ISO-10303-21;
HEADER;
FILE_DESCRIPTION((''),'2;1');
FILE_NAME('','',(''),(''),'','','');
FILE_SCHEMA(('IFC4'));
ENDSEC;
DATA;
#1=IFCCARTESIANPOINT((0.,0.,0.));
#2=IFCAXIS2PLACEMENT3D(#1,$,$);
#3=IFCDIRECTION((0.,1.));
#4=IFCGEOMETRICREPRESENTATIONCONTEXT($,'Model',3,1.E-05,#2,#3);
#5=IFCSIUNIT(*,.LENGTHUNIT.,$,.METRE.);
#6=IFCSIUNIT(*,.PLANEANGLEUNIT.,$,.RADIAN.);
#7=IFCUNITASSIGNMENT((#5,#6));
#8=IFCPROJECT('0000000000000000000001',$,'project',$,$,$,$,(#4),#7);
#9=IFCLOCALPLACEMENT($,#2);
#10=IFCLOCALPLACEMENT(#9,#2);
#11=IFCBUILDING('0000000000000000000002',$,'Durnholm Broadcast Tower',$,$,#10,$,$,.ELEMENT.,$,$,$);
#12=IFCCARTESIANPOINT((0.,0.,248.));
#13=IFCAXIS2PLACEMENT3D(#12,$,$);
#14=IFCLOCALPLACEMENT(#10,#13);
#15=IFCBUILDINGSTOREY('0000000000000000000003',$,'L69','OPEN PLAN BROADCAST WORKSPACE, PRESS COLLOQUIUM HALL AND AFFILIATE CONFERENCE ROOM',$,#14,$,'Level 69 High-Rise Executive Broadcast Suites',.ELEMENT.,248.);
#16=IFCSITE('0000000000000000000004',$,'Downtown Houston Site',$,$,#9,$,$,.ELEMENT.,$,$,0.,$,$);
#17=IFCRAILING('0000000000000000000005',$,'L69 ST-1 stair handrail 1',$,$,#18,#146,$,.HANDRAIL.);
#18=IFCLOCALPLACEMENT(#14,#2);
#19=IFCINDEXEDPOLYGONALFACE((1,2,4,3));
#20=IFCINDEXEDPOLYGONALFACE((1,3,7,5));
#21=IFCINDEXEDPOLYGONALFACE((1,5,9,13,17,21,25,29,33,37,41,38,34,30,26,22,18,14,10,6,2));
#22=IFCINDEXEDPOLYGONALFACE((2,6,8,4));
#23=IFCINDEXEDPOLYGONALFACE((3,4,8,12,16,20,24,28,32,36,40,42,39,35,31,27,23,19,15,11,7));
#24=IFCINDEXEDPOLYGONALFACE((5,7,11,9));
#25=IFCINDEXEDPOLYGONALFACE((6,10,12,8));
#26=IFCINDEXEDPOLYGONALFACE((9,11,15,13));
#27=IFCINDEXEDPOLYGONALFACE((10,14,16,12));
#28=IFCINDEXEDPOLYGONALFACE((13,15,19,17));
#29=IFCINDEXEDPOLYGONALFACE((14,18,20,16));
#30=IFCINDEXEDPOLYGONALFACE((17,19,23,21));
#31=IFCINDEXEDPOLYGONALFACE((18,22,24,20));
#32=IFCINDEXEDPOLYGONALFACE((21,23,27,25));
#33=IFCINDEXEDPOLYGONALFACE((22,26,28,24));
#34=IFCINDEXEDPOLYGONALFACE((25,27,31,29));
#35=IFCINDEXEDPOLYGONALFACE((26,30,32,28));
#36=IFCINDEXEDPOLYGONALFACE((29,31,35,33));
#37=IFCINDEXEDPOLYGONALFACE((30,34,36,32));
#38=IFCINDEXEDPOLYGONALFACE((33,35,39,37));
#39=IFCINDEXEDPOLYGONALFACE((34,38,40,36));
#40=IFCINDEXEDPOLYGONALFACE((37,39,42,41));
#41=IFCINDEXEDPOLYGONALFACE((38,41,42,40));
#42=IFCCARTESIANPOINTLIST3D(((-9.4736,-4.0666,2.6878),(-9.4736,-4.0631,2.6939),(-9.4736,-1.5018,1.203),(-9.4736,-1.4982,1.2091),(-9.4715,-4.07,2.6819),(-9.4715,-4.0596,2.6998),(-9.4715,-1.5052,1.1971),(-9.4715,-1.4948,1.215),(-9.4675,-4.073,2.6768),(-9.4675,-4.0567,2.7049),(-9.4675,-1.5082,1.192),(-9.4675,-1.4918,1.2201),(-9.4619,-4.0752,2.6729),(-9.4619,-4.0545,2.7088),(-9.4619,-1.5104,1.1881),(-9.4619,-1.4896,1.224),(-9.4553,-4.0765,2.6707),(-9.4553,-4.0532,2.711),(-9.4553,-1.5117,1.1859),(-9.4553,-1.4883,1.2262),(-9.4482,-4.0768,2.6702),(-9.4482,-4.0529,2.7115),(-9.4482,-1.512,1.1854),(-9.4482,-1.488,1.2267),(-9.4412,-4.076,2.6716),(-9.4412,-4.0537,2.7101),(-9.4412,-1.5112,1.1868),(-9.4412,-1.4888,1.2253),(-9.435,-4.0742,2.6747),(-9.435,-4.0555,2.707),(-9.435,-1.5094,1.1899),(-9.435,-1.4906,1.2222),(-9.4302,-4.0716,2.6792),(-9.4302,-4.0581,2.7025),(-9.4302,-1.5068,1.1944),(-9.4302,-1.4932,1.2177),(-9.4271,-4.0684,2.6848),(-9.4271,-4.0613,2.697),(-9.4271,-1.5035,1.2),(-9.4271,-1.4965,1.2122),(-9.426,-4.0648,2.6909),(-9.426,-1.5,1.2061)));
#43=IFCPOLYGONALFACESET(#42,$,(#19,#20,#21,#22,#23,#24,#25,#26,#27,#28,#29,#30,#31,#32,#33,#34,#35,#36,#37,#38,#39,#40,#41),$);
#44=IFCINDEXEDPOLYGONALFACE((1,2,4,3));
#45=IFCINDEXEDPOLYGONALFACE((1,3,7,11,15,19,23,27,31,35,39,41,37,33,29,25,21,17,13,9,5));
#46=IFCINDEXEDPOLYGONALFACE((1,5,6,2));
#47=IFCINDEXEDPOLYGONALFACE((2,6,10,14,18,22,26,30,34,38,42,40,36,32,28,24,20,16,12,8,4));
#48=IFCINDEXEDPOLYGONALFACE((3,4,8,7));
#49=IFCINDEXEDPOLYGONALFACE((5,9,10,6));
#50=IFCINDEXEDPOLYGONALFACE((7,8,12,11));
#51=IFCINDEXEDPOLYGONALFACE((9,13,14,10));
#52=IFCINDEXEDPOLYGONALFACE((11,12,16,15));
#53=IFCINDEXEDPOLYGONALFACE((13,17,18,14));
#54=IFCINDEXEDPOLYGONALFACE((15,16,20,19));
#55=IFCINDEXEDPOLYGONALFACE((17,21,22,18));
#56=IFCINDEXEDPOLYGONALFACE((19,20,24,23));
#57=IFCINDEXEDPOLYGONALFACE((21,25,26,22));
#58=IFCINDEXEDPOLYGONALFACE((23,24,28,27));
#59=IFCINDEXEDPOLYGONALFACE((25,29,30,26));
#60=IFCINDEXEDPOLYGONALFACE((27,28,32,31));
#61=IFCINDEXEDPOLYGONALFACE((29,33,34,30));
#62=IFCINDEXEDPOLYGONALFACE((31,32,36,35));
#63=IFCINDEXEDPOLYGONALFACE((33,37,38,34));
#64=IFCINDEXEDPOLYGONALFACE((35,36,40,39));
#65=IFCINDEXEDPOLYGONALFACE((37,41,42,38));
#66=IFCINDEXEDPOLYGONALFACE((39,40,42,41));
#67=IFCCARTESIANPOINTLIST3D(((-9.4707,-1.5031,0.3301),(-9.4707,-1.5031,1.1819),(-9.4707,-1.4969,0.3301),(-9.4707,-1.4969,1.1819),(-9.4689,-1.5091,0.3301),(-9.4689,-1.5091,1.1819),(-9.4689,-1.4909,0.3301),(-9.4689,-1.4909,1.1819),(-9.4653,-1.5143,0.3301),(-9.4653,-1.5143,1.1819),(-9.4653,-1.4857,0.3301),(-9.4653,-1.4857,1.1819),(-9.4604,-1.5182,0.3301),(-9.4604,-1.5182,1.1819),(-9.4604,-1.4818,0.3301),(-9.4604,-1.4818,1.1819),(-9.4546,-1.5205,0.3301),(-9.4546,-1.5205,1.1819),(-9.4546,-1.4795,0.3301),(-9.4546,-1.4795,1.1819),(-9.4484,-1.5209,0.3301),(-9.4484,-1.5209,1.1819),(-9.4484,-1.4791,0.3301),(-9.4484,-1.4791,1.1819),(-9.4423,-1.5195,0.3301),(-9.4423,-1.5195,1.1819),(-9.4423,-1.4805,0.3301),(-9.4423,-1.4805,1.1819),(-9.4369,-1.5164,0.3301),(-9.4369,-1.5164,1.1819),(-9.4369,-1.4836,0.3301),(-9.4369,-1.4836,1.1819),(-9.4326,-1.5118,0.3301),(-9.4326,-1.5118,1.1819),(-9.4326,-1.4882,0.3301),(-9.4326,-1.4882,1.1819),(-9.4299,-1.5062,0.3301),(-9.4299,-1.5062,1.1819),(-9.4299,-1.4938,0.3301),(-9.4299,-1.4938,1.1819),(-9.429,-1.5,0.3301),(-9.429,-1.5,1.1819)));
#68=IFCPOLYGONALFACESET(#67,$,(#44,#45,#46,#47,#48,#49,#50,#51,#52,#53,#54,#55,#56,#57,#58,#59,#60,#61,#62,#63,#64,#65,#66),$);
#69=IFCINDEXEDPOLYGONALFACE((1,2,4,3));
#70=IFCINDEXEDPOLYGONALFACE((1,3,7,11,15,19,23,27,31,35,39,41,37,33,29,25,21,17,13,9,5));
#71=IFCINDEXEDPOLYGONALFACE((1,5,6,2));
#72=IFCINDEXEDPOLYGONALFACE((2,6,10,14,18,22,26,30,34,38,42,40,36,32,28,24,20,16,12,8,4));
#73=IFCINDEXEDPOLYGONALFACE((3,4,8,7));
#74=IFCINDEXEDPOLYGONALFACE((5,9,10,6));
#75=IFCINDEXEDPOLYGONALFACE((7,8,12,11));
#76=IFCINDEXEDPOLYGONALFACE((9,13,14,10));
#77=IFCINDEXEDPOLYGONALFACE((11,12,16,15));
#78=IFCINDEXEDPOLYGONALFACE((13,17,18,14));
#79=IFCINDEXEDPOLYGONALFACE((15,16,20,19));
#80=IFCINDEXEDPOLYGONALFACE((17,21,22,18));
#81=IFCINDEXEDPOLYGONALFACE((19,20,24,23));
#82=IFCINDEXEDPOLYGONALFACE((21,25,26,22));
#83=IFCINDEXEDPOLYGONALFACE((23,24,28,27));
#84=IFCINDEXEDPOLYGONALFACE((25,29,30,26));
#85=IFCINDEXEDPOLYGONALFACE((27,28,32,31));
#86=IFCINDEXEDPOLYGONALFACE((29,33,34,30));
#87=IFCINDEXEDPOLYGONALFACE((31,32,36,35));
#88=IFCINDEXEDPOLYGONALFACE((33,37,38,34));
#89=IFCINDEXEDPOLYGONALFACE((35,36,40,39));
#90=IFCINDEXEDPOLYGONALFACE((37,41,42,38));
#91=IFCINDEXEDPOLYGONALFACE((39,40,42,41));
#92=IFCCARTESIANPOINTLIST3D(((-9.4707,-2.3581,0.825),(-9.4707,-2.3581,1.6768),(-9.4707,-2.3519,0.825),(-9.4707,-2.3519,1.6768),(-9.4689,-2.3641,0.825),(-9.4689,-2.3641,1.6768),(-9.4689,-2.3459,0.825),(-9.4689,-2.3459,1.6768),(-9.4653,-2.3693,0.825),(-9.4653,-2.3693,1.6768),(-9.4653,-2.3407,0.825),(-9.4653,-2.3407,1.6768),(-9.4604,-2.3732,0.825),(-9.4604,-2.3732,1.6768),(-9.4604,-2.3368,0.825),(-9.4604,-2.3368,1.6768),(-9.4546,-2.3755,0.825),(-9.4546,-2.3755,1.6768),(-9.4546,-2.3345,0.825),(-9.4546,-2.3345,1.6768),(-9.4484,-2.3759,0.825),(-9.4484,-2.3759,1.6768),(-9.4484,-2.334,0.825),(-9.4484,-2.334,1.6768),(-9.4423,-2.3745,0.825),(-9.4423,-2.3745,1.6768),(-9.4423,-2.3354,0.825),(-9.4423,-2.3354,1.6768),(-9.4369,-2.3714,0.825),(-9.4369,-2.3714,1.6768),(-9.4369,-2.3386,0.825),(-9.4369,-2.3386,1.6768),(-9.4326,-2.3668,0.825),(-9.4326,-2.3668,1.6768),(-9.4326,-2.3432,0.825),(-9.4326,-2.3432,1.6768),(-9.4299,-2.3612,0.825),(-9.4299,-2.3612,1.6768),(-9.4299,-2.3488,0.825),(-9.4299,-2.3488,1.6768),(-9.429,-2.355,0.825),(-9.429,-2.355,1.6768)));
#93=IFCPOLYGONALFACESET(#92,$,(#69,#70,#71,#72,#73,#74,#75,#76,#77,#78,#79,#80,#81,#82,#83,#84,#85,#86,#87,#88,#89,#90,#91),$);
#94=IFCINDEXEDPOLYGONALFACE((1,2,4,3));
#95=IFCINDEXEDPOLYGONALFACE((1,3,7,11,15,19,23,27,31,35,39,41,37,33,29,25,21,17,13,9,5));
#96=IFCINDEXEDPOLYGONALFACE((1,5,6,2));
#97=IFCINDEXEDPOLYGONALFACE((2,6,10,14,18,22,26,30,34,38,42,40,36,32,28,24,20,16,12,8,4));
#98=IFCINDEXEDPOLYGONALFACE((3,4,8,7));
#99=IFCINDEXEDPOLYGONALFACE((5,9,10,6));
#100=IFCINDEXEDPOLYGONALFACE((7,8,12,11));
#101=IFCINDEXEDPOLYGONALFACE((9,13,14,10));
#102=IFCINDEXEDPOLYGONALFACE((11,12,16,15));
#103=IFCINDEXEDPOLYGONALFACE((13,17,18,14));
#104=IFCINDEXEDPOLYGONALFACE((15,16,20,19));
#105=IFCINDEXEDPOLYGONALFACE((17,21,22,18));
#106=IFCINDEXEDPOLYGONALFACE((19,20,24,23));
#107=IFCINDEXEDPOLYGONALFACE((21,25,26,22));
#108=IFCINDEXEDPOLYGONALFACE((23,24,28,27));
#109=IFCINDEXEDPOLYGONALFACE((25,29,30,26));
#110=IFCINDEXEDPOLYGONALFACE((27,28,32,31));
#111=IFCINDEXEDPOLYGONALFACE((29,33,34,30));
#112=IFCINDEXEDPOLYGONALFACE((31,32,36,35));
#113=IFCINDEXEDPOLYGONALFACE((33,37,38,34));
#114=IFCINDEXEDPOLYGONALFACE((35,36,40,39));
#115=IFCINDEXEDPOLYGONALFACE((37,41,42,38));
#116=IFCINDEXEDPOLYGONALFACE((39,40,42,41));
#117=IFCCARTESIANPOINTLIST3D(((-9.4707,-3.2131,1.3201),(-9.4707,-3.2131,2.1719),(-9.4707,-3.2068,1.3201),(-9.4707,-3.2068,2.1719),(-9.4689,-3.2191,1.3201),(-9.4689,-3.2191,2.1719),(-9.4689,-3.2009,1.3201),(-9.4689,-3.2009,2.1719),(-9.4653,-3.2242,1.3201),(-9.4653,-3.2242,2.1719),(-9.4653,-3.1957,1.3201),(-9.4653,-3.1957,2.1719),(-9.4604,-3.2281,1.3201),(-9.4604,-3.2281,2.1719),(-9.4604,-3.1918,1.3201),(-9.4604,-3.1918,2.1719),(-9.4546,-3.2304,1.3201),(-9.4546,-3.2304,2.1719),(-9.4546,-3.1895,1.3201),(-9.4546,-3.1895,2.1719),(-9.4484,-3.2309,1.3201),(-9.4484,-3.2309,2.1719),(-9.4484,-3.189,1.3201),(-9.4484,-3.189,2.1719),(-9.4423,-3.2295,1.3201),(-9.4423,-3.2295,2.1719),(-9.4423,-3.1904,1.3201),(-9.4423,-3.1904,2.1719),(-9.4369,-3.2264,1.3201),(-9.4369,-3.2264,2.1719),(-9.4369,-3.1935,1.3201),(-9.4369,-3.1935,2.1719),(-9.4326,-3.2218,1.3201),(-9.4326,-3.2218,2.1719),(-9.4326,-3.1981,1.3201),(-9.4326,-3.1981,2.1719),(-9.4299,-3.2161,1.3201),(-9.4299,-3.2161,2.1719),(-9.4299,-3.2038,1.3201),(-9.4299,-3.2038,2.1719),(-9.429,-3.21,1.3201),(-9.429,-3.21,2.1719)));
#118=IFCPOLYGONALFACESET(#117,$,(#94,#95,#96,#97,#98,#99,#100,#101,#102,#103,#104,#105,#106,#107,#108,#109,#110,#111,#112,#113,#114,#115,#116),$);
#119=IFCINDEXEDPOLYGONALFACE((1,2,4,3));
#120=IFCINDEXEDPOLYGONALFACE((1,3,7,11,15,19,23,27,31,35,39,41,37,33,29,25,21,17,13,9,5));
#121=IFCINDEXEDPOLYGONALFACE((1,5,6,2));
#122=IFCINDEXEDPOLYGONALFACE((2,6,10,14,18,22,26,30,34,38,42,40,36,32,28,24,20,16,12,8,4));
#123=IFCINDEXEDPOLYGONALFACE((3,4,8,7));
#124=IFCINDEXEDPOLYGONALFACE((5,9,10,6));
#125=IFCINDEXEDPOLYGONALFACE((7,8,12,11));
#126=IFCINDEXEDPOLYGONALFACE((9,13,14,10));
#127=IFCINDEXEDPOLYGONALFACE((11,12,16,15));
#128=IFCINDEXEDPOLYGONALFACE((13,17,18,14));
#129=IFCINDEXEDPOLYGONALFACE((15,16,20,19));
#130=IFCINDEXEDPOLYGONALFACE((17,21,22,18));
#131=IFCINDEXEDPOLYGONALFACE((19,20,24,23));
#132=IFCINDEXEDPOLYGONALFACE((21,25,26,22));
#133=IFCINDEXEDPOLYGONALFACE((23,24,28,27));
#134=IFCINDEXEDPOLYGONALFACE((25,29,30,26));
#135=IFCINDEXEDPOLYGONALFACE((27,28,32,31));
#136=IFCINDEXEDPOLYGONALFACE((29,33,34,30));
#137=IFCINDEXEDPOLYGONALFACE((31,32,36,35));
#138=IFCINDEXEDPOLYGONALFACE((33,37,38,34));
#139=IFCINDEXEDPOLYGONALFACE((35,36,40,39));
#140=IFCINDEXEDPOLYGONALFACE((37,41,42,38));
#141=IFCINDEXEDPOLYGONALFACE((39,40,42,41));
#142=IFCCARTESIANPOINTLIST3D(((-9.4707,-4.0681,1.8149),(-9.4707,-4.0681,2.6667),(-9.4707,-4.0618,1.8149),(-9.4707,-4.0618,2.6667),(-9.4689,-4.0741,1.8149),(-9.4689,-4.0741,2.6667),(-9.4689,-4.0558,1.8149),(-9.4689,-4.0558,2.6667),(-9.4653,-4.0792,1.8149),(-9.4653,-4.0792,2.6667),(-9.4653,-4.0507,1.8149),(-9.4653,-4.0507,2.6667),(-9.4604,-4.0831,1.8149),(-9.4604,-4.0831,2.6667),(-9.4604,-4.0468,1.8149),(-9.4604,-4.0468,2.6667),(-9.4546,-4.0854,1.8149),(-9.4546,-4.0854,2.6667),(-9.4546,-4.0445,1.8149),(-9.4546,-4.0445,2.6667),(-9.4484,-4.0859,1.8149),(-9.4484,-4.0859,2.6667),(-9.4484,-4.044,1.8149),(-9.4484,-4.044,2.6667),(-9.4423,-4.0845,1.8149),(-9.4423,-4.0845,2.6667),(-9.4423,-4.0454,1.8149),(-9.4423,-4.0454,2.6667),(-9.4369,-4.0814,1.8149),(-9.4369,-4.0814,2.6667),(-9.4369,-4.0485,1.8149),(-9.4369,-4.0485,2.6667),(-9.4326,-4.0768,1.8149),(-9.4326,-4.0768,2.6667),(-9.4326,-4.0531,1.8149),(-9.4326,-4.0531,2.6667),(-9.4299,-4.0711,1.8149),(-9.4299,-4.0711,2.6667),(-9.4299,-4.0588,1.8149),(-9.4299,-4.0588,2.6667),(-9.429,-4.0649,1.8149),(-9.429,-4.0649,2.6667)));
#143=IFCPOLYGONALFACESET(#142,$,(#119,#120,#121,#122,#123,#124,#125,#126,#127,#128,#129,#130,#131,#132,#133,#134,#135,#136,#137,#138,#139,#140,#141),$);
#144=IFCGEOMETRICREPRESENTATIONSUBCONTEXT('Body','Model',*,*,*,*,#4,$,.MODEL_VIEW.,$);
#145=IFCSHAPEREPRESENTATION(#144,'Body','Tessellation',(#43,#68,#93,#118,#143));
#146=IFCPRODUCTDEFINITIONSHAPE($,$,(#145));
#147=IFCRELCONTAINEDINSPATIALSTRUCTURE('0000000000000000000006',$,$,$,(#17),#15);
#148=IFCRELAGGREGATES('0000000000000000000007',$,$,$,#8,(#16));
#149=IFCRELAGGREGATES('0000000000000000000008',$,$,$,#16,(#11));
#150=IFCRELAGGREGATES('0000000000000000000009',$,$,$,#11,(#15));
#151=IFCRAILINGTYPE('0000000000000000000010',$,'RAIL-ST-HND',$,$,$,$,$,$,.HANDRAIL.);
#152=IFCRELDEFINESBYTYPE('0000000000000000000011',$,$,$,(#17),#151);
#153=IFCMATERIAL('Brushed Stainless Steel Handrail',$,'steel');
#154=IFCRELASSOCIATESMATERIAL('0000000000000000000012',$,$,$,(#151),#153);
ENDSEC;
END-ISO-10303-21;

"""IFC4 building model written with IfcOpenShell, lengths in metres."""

from ifc_helpers import new_model, si_unit, direction, frame, origin, origin_2d, place, context, subcontext, project, spatial, circle, extrude, material, type_object, element, save


model = new_model("IFC4")

# Units and contexts
model_context = context("Model", 3, precision=1e-05, world=origin(), true_north=direction((0.0, 1.0)))
body_context = subcontext(model_context, "Body", "Model", "MODEL_VIEW")
ifc_project = project(units=[si_unit("LENGTHUNIT", "METRE"), si_unit("PLANEANGLEUNIT", "RADIAN")], contexts=[model_context])

# Site, building, storey
site_placement = place(None, origin())
site = spatial("IfcSite", under=ifc_project, at=site_placement, Name="Downtown Houston Site", CompositionType="ELEMENT", RefElevation=0.0)
building_placement = place(site_placement, origin())
building = spatial("IfcBuilding", under=site, at=building_placement, Name="Durnholm Broadcast Tower", CompositionType="ELEMENT")
storey_placement = place(building_placement, frame((0.0, 0.0, 248.0)))
storey = spatial("IfcBuildingStorey", under=building, at=storey_placement, Name="L69", Description="OPEN PLAN BROADCAST WORKSPACE, PRESS COLLOQUIUM HALL AND AFFILIATE CONFERENCE ROOM", LongName="Level 69 High-Rise Executive Broadcast Suites", CompositionType="ELEMENT", Elevation=248.0)

# Railing
ifc_material_1 = material(Name="Brushed Stainless Steel Handrail", Category="steel")
railing_type_1 = type_object("IfcRailingType", Name="RAIL-ST-HND", PredefinedType="HANDRAIL", material=ifc_material_1)
railing_1_placement = place(storey_placement, frame((-9.45, -1.5, 0.3301)))
element("IfcRailing", 1, at=railing_1_placement, inside=storey, type_object=railing_type_1, Name="L69 ST-1 stair handrail 1", PredefinedType="HANDRAIL", context=body_context, shape_type="SweptSolid", body=[
    extrude(circle(Radius=0.0239, at=origin_2d()), frame((0.0, 0.0, 0.876), z_axis=(0.0, -0.865441, 0.50101), x_axis=(1.0, 0.0, 0.0)), (0.0, 0.0, 1.0), 2.9636),
    extrude(circle(Radius=0.021, at=origin_2d()), origin(), (0.0, 0.0, 1.0), 0.8518),
    extrude(circle(Radius=0.021, at=origin_2d()), frame((0.0, -0.855, 0.4949)), (0.0, 0.0, 1.0), 0.8518),
    extrude(circle(Radius=0.021, at=origin_2d()), frame((0.0, -1.71, 0.99)), (0.0, 0.0, 1.0), 0.8518),
    extrude(circle(Radius=0.021, at=origin_2d()), frame((0.0, -2.5649, 1.4849)), (0.0, 0.0, 1.0), 0.8518),
])

save(model, "model.ifc")
